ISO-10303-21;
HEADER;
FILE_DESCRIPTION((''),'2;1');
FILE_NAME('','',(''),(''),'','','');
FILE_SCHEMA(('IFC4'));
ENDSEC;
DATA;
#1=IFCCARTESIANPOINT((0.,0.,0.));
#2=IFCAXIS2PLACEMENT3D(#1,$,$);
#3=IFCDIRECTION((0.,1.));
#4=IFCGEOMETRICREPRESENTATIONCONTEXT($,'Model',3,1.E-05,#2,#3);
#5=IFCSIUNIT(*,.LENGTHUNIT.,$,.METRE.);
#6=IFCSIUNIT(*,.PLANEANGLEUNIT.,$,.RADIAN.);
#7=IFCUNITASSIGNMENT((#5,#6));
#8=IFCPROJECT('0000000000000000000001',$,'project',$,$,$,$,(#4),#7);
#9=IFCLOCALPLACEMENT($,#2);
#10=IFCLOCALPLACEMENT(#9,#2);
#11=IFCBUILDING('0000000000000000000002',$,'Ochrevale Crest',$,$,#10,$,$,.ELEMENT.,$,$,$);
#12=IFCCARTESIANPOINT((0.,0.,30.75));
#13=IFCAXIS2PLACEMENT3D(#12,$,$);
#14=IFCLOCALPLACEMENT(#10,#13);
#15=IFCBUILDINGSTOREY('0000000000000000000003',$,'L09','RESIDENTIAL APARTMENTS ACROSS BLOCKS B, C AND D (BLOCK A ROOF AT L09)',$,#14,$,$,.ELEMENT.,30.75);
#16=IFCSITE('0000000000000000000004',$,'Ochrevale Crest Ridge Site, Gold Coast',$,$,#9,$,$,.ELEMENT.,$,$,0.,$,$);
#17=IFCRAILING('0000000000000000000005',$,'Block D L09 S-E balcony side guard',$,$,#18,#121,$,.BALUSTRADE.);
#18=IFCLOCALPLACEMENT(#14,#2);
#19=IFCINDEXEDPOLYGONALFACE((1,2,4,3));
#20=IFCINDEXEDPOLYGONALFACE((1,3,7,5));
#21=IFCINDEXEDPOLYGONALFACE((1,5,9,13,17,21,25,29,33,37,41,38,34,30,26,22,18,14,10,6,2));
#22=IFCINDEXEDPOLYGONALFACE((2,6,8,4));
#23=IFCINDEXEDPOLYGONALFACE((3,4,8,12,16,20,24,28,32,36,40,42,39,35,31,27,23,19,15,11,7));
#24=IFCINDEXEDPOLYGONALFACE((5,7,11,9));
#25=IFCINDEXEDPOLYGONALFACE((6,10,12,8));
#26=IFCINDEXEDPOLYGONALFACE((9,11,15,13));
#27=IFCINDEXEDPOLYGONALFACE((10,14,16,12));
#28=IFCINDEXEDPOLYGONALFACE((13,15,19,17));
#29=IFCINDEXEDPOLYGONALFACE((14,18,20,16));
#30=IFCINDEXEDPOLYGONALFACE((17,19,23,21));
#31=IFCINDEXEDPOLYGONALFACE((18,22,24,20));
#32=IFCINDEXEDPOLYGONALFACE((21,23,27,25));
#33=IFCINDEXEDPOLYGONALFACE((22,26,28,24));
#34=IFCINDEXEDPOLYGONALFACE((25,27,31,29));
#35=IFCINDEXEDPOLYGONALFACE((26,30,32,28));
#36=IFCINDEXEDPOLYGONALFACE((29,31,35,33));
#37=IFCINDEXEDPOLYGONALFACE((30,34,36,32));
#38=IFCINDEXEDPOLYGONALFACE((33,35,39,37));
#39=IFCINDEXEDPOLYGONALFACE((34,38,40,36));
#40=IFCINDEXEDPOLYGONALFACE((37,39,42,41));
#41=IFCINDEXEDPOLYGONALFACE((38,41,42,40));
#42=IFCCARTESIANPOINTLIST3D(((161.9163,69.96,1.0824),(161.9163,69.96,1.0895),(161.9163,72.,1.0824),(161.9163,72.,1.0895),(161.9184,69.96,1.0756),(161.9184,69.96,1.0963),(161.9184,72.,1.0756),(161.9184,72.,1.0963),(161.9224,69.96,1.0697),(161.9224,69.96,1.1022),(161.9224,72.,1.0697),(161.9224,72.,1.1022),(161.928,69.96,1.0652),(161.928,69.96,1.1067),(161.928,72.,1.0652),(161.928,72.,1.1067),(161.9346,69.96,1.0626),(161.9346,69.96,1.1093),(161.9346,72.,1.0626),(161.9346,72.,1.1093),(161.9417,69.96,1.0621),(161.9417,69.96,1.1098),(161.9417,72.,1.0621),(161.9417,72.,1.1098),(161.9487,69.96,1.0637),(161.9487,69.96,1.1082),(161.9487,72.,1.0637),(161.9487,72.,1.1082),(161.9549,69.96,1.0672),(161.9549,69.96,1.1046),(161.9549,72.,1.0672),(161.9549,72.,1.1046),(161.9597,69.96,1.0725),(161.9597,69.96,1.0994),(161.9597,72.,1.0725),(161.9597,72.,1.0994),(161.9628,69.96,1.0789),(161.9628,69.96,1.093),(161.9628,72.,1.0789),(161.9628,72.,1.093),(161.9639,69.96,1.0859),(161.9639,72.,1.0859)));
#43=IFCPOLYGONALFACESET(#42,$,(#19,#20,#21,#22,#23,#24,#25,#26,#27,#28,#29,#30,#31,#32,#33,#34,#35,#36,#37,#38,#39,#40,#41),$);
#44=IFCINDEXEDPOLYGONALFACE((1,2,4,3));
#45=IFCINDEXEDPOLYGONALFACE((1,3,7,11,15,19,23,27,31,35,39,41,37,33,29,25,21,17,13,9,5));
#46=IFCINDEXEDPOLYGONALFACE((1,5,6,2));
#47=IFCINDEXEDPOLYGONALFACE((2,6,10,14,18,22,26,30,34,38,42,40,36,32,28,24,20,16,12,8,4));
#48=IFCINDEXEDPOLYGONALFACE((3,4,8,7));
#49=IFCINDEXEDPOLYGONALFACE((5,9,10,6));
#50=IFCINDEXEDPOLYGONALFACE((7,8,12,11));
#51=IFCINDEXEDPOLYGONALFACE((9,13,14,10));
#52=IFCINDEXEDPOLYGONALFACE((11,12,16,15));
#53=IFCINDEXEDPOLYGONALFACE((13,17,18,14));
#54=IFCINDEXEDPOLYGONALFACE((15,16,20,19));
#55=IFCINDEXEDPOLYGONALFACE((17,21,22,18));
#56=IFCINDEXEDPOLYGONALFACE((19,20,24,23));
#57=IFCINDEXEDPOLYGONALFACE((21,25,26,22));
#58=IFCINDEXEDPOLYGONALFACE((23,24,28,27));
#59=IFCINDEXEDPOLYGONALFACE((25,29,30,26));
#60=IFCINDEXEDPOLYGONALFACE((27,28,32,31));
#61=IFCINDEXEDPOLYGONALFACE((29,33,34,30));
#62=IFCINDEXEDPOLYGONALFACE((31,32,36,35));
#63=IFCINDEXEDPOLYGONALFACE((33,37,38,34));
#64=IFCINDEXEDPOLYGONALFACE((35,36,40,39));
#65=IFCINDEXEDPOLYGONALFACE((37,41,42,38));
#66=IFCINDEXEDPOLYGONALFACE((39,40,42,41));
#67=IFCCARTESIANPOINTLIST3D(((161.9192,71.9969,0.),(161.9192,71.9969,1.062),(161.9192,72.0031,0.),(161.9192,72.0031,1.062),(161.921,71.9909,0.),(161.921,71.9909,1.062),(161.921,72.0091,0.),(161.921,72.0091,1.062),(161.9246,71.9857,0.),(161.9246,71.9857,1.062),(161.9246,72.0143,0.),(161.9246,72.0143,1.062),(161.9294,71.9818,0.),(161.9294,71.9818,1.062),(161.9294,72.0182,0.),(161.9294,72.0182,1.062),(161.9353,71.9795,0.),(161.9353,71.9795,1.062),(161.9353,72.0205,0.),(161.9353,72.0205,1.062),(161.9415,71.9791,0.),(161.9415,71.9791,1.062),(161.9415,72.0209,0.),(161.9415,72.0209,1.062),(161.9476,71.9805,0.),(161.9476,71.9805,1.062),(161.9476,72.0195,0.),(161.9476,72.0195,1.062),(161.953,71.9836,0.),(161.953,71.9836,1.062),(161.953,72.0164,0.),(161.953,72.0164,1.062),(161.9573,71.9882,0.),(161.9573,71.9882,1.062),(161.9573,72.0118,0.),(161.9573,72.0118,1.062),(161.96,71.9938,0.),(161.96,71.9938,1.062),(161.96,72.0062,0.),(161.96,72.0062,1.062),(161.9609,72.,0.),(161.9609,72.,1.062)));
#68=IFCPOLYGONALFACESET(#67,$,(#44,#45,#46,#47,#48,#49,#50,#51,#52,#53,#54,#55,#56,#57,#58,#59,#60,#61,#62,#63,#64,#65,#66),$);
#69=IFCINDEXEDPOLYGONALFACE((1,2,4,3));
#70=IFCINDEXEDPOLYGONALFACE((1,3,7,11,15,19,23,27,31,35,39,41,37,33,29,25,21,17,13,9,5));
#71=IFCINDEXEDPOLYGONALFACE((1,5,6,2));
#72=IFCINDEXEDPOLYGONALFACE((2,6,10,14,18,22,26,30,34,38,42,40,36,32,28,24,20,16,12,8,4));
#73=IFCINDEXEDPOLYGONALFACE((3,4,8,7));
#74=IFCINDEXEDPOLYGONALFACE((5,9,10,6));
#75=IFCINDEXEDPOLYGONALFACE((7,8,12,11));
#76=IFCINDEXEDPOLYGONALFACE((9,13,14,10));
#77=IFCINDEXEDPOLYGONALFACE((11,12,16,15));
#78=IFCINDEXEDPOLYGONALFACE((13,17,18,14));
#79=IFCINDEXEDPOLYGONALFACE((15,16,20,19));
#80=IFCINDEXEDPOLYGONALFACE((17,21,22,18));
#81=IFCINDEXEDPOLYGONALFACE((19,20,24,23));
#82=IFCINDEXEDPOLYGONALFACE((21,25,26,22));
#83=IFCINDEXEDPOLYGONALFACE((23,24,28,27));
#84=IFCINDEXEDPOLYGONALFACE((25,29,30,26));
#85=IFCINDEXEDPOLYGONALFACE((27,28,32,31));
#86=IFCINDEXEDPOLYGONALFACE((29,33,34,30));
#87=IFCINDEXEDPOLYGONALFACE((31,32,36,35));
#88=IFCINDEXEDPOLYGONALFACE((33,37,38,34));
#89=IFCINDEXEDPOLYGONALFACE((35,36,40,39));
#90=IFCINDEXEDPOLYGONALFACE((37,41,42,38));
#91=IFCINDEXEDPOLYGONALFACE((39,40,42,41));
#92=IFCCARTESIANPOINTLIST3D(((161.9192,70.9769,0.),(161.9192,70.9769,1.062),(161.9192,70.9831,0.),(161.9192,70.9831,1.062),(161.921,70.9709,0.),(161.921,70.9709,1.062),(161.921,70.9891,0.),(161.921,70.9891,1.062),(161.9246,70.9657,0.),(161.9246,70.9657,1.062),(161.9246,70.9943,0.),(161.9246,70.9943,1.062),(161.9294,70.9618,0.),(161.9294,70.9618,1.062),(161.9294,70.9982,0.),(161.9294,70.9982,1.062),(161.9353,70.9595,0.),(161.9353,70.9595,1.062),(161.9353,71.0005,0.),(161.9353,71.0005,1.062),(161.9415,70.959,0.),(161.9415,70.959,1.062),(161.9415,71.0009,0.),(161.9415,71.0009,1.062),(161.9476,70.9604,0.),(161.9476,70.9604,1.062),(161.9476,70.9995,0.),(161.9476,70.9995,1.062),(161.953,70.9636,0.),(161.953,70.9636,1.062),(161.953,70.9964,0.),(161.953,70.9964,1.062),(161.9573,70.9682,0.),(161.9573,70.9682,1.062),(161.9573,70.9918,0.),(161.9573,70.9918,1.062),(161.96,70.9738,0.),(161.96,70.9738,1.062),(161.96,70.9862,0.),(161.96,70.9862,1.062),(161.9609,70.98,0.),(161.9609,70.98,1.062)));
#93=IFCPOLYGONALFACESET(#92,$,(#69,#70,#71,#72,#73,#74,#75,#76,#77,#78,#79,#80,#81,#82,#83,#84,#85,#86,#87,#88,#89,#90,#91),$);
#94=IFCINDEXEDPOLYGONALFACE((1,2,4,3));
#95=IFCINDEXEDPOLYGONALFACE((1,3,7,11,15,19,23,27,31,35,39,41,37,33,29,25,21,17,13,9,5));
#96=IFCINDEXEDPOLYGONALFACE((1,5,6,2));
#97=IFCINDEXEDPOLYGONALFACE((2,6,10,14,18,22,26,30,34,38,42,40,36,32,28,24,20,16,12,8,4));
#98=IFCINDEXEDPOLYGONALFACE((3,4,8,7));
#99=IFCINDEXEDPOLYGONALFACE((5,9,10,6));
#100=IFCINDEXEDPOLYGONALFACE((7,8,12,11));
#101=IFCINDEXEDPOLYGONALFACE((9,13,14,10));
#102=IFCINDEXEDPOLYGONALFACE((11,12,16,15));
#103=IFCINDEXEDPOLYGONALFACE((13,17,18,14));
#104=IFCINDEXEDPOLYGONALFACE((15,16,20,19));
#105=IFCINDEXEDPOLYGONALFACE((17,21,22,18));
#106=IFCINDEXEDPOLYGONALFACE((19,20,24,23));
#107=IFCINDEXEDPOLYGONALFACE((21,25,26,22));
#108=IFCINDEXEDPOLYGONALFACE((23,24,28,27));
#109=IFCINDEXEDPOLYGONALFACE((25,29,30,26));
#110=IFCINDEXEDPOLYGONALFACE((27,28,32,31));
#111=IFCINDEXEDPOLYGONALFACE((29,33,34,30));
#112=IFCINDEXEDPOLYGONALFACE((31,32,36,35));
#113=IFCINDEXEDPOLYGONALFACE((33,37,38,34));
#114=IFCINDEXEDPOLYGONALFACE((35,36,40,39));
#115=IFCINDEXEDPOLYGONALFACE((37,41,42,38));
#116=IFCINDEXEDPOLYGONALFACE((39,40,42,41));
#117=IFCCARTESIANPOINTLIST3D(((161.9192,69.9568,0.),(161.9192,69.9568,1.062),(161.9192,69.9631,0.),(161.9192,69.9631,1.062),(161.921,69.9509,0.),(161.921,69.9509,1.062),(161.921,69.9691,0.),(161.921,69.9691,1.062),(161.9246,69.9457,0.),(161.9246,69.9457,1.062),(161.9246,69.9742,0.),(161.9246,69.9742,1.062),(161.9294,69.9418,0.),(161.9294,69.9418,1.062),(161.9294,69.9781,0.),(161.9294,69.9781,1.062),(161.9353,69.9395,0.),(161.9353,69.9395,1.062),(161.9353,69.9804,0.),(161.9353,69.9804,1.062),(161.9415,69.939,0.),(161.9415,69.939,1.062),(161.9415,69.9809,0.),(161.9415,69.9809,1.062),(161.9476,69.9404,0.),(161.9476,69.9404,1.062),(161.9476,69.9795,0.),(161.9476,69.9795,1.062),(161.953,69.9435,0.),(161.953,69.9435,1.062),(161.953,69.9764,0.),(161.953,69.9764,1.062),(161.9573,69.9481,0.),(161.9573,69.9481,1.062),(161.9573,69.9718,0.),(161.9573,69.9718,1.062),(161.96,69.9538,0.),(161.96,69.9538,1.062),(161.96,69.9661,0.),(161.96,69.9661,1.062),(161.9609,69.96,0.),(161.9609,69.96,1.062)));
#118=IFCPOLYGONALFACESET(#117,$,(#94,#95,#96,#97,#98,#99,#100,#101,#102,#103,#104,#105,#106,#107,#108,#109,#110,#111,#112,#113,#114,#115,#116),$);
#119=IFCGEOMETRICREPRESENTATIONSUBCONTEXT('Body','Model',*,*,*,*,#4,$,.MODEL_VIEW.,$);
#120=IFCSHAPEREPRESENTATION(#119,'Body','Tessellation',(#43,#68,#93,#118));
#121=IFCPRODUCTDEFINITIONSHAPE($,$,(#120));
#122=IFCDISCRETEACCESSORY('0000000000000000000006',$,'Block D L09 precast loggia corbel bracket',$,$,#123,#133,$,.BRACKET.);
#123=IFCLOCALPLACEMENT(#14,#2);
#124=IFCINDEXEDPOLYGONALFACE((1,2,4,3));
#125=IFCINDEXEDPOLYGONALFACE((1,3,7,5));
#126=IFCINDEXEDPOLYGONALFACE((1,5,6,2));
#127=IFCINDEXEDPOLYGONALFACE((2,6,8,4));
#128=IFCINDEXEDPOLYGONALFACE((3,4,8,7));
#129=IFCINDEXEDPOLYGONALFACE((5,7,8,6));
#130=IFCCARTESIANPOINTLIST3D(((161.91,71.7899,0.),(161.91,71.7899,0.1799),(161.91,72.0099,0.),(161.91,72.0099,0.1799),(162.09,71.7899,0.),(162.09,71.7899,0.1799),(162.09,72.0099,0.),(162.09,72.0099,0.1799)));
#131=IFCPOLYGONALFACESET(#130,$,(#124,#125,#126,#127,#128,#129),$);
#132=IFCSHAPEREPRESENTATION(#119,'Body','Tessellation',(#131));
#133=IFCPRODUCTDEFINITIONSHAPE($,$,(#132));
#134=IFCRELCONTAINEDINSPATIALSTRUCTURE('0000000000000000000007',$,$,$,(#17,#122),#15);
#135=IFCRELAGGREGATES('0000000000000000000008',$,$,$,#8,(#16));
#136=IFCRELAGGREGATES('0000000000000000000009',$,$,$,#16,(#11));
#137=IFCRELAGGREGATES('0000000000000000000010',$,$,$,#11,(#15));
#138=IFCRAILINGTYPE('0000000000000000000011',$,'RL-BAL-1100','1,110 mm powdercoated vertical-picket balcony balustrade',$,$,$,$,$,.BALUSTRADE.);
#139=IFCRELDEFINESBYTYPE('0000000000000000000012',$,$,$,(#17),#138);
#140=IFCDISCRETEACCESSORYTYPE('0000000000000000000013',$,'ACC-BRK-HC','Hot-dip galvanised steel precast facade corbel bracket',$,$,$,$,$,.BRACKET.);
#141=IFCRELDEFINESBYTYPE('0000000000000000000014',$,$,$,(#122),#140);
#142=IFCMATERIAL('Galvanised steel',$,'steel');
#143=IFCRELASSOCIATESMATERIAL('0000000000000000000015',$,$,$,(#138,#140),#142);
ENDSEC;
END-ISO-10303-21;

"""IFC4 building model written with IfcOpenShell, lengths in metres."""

from ifc_helpers import new_model, si_unit, direction, frame, origin, origin_2d, place, context, subcontext, project, spatial, rectangle, circle, extrude, material, type_object, element, save


model = new_model("IFC4")

# Units and contexts
model_context = context("Model", 3, precision=1e-05, world=origin(), true_north=direction((0.0, 1.0)))
body_context = subcontext(model_context, "Body", "Model", "MODEL_VIEW")
ifc_project = project(units=[si_unit("LENGTHUNIT", "METRE"), si_unit("PLANEANGLEUNIT", "RADIAN")], contexts=[model_context])

# Site, building, storey
site_placement = place(None, origin())
site = spatial("IfcSite", under=ifc_project, at=site_placement, Name="Ochrevale Crest Ridge Site, Gold Coast", CompositionType="ELEMENT", RefElevation=0.0)
building_placement = place(site_placement, origin())
building = spatial("IfcBuilding", under=site, at=building_placement, Name="Ochrevale Crest", CompositionType="ELEMENT")
storey_placement = place(building_placement, frame((0.0, 0.0, 30.75)))
storey = spatial("IfcBuildingStorey", under=building, at=storey_placement, Name="L09", Description="RESIDENTIAL APARTMENTS ACROSS BLOCKS B, C AND D (BLOCK A ROOF AT L09)", CompositionType="ELEMENT", Elevation=30.75)

# Railing
ifc_material_1 = material(Name="Galvanised steel", Category="steel")
railing_type = type_object("IfcRailingType", Name="RL-BAL-1100", Description="1,110 mm powdercoated vertical-picket balcony balustrade", PredefinedType="BALUSTRADE", material=ifc_material_1)
railing_placement = place(storey_placement, frame((161.9399, 72.0, 0.0)))
element("IfcRailing", 1, at=railing_placement, inside=storey, type_object=railing_type, Name="Block D L09 S-E balcony side guard", PredefinedType="BALUSTRADE", context=body_context, shape_type="SweptSolid", body=[
    extrude(circle(Radius=0.0239, at=origin_2d()), frame((0.0, 0.0, 1.0859), z_axis=(0.0, -1.0, 0.0), x_axis=(1.0, 0.0, 0.0)), (0.0, 0.0, 1.0), 2.04),
    extrude(circle(Radius=0.021, at=origin_2d()), origin(), (0.0, 0.0, 1.0), 1.062),
    extrude(circle(Radius=0.021, at=origin_2d()), frame((0.0, -1.02, 0.0)), (0.0, 0.0, 1.0), 1.062),
    extrude(circle(Radius=0.021, at=origin_2d()), frame((0.0, -2.04, 0.0)), (0.0, 0.0, 1.0), 1.062),
])

# Discrete accessory
discrete_accessory_type = type_object("IfcDiscreteAccessoryType", Name="ACC-BRK-HC", Description="Hot-dip galvanised steel precast facade corbel bracket", PredefinedType="BRACKET", material=ifc_material_1)
discrete_accessory_placement = place(storey_placement, frame((162.0, 71.8999, 0.0), z_axis=(0.0, 0.0, 1.0), x_axis=(1.0, 0.0, 0.0)))
element("IfcDiscreteAccessory", 2, at=discrete_accessory_placement, inside=storey, type_object=discrete_accessory_type, Name="Block D L09 precast loggia corbel bracket", PredefinedType="BRACKET", context=body_context, shape_type="SweptSolid", body=[
    extrude(rectangle(XDim=0.1799, YDim=0.22, at=origin_2d()), origin(), (0.0, 0.0, 1.0), 0.1799),
])

save(model, "model.ifc")
